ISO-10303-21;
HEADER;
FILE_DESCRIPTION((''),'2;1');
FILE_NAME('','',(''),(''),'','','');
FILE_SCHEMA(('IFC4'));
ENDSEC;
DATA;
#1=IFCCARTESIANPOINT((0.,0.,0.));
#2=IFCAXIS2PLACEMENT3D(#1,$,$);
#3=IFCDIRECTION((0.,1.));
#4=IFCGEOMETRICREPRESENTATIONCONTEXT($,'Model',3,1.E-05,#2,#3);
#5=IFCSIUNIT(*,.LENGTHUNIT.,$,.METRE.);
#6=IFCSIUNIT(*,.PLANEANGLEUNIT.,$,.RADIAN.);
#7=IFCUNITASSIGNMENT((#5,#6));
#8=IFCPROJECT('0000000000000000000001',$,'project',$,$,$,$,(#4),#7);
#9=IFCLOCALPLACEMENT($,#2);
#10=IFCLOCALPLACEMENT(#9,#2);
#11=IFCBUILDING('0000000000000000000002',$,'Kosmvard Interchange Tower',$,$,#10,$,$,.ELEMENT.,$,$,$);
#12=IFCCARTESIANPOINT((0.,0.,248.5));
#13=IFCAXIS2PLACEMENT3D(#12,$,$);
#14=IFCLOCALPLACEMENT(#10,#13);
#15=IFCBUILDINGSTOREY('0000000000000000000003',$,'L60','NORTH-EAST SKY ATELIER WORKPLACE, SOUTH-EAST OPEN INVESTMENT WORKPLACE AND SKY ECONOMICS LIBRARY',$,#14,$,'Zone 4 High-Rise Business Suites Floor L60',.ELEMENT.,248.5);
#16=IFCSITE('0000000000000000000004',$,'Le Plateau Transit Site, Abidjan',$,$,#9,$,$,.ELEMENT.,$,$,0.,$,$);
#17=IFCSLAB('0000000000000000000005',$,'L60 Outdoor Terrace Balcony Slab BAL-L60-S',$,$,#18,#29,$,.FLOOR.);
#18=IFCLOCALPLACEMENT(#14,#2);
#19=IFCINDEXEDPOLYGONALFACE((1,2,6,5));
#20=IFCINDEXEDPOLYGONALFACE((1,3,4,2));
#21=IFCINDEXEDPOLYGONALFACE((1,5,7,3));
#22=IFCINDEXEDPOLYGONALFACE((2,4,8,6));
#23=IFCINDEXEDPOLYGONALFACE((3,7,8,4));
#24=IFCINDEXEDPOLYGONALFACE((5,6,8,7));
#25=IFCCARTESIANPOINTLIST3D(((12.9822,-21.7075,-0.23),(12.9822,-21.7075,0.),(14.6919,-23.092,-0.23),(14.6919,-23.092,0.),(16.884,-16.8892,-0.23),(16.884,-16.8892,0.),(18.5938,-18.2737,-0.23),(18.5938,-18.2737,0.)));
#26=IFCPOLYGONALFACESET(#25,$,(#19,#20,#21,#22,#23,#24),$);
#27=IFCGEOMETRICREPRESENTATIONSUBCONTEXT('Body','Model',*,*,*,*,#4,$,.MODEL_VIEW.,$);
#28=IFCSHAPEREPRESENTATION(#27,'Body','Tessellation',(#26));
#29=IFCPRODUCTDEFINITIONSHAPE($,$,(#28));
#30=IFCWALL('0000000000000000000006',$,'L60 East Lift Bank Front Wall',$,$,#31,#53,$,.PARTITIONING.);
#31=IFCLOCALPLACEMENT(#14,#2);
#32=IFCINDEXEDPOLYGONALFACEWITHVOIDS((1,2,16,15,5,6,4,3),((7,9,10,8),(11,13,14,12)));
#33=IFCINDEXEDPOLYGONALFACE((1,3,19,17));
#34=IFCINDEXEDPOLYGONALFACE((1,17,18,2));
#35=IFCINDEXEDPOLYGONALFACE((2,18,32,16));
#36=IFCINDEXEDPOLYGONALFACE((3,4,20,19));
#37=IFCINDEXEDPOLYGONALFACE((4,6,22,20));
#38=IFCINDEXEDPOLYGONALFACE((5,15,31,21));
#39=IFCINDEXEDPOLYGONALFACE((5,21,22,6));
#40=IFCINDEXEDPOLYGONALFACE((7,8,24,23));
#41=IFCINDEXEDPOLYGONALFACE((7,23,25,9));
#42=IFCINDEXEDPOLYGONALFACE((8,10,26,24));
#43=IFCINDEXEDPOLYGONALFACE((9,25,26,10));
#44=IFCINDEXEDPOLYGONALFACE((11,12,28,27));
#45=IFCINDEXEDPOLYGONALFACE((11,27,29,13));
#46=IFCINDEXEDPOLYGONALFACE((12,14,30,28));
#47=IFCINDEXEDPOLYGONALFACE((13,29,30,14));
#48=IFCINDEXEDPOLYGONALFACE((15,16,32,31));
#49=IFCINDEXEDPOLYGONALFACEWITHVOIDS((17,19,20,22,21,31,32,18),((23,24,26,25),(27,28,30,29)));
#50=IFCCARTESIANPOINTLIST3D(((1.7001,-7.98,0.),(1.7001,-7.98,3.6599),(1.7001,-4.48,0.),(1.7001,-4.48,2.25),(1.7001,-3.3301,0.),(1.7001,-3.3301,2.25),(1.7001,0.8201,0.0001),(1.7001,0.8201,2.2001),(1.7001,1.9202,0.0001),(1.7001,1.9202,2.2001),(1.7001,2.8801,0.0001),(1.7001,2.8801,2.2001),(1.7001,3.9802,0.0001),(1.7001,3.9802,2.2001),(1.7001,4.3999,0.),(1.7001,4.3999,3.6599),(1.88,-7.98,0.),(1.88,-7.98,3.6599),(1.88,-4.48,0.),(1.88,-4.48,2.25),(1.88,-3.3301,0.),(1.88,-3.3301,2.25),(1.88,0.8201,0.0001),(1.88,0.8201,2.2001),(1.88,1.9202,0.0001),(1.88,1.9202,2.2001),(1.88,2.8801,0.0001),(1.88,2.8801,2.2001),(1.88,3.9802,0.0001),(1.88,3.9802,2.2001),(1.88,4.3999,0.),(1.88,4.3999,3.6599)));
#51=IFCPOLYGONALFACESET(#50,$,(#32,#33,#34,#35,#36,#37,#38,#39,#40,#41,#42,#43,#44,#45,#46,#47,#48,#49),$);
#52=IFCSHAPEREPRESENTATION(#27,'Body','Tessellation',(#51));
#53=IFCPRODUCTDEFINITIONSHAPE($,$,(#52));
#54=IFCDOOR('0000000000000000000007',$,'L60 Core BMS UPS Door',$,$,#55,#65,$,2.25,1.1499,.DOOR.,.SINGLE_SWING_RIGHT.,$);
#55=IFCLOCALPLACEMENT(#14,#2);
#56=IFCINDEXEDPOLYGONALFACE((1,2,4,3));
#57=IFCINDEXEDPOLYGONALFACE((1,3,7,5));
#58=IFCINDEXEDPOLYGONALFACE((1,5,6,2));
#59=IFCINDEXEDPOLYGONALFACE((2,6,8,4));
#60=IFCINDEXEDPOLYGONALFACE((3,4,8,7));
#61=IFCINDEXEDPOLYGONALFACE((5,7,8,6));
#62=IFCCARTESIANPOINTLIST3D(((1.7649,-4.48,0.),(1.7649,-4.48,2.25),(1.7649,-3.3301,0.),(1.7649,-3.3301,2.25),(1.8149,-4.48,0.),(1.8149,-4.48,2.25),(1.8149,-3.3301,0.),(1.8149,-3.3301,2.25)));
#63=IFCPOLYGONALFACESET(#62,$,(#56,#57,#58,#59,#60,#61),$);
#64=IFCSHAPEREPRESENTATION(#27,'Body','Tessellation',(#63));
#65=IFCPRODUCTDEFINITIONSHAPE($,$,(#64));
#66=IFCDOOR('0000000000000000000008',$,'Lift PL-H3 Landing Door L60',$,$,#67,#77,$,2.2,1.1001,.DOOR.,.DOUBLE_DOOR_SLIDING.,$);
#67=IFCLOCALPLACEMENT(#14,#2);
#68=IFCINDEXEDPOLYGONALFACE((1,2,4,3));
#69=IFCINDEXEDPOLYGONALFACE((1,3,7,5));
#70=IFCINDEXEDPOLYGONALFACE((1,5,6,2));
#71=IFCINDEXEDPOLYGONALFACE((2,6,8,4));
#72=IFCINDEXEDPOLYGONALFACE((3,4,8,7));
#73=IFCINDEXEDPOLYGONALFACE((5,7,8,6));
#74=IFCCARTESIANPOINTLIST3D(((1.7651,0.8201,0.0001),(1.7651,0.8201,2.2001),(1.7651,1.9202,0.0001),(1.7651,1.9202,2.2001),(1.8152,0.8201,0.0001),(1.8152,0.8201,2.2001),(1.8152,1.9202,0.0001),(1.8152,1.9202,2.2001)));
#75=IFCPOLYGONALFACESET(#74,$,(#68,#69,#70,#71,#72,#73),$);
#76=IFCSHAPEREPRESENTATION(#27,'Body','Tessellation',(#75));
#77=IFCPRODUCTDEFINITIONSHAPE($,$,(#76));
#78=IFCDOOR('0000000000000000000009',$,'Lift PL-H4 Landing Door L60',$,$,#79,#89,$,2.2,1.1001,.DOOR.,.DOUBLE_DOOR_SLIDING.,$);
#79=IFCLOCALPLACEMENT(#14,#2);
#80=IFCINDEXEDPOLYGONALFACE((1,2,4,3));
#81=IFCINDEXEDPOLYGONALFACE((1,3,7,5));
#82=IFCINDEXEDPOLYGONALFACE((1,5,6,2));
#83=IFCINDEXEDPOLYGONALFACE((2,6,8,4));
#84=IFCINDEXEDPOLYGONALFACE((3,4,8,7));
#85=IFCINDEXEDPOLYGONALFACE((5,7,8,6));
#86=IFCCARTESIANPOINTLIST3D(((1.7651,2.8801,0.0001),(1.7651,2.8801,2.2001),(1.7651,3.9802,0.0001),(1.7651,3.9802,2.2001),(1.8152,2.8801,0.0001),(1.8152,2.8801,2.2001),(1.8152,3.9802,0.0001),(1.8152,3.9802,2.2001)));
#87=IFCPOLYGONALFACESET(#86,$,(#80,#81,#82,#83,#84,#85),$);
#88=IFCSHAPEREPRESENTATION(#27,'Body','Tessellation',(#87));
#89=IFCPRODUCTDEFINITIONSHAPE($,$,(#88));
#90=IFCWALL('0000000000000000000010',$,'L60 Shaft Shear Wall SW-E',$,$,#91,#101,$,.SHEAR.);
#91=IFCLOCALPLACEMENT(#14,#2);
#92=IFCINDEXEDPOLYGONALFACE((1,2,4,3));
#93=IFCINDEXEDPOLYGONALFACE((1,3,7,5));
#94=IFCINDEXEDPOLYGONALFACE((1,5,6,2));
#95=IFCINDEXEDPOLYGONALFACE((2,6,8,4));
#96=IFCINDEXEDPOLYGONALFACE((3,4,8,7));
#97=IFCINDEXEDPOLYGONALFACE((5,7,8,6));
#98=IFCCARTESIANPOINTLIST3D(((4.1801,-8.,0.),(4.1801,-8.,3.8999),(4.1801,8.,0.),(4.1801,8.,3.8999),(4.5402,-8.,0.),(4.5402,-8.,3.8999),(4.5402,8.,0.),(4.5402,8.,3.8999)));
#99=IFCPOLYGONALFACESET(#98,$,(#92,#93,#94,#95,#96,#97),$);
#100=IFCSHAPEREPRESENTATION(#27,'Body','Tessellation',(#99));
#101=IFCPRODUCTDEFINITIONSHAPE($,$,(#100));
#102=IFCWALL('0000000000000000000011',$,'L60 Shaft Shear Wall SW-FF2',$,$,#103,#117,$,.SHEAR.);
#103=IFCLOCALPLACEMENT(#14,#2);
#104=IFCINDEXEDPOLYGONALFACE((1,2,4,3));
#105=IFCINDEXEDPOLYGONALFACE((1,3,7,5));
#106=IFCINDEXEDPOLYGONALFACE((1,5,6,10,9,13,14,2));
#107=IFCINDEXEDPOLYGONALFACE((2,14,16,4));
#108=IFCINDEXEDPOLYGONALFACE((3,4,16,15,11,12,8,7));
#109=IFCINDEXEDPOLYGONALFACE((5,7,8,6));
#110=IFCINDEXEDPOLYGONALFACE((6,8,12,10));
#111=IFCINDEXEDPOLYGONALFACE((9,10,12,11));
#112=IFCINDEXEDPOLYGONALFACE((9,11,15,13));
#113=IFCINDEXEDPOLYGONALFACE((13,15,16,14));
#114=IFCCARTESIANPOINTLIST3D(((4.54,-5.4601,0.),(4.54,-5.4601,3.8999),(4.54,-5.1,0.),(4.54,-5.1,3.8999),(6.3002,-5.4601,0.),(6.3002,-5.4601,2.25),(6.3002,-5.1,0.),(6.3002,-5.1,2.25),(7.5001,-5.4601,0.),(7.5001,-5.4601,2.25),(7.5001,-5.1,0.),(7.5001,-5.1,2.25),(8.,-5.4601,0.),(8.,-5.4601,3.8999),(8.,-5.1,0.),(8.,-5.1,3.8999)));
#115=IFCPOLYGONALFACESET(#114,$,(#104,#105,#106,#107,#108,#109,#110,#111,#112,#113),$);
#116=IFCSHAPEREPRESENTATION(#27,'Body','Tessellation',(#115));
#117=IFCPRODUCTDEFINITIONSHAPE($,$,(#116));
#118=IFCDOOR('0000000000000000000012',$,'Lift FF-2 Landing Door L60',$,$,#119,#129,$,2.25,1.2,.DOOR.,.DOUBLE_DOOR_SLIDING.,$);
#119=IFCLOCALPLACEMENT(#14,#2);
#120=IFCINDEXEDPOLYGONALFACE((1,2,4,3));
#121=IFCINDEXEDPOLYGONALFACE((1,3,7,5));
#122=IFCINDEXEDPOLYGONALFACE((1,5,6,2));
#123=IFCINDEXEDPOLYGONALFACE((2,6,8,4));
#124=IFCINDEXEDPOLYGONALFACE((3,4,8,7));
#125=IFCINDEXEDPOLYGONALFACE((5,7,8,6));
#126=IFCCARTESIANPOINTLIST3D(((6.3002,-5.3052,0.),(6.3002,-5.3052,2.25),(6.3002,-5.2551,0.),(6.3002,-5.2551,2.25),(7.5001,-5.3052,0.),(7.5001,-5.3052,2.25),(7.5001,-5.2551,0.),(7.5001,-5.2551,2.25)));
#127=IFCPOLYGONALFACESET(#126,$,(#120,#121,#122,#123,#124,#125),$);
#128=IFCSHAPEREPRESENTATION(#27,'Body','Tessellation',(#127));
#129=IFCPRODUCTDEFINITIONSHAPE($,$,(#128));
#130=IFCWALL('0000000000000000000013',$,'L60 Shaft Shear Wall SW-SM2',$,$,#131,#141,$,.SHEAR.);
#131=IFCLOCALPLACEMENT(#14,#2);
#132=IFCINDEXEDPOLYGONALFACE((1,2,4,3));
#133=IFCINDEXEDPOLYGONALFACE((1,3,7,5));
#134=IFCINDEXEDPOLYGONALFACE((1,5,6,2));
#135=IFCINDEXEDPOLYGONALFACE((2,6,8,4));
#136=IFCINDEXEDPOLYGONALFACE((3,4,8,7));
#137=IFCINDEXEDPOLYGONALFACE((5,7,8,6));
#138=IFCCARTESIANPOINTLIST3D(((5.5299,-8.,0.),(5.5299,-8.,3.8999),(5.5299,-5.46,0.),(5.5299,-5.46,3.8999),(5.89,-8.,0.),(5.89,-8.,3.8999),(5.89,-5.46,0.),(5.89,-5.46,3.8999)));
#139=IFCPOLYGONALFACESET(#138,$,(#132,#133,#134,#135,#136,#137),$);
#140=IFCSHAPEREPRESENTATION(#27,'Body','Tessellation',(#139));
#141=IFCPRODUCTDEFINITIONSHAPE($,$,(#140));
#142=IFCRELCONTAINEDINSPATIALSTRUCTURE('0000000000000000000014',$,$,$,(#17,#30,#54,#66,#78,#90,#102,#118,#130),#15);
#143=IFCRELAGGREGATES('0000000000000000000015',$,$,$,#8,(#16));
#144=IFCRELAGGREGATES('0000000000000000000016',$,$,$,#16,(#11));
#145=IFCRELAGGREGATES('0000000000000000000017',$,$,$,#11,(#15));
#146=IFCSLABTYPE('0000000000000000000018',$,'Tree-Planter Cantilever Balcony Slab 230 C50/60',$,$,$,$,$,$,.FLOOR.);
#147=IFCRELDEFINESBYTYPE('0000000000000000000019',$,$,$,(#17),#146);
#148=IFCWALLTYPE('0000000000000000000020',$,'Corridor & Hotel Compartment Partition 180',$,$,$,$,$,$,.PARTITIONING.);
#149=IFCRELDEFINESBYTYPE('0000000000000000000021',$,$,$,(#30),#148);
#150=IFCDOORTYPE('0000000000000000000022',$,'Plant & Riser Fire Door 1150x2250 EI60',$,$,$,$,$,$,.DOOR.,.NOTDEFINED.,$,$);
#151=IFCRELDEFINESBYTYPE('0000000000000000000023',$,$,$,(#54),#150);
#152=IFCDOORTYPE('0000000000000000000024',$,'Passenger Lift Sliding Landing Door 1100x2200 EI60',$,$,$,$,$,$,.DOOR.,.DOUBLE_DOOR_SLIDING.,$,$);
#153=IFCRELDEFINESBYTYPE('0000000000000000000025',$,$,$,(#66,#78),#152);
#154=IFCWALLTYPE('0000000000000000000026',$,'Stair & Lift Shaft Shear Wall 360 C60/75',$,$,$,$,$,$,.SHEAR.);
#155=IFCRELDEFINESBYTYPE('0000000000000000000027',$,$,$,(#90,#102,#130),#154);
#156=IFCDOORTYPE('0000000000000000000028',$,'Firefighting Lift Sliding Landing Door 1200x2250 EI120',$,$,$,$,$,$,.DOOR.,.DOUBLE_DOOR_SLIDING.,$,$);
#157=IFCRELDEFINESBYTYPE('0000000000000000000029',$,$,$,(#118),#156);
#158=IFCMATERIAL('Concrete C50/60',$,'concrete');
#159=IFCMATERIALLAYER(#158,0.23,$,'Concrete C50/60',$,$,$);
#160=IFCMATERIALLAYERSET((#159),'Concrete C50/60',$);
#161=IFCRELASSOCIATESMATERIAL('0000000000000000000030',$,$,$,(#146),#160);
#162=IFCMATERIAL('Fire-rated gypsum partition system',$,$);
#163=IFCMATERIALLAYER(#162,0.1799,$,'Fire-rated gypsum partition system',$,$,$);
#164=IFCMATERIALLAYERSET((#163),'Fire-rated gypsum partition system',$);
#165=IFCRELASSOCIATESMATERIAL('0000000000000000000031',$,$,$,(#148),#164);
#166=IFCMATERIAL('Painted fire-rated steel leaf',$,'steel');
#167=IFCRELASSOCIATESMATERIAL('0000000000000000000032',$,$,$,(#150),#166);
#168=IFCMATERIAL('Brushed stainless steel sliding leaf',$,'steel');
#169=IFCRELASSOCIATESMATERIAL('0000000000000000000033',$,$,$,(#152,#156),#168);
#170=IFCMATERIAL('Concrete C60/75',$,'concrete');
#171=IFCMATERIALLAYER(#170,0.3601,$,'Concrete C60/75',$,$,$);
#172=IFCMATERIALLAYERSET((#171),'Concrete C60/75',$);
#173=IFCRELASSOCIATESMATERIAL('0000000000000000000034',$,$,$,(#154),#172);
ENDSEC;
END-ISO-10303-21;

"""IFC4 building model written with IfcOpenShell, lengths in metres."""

from ifc_helpers import new_model, si_unit, direction, frame, frame_2d, origin, place, context, subcontext, project, spatial, polyline, rectangle, outline, extrude, source, transform, mapped, material, layer, layer_set, type_object, element, fill, save


model = new_model("IFC4")

# Units and contexts
model_context = context("Model", 3, precision=1e-05, world=origin(), true_north=direction((0.0, 1.0)))
body_context = subcontext(model_context, "Body", "Model", "MODEL_VIEW")
ifc_project = project(units=[si_unit("LENGTHUNIT", "METRE"), si_unit("PLANEANGLEUNIT", "RADIAN")], contexts=[model_context])

# Site, building, storey
site_placement = place(None, origin())
site = spatial("IfcSite", under=ifc_project, at=site_placement, Name="Le Plateau Transit Site, Abidjan", CompositionType="ELEMENT", RefElevation=0.0)
building_placement = place(site_placement, origin())
building = spatial("IfcBuilding", under=site, at=building_placement, Name="Kosmvard Interchange Tower", CompositionType="ELEMENT")
storey_placement = place(building_placement, frame((0.0, 0.0, 248.5)))
storey = spatial("IfcBuildingStorey", under=building, at=storey_placement, Name="L60", Description="NORTH-EAST SKY ATELIER WORKPLACE, SOUTH-EAST OPEN INVESTMENT WORKPLACE AND SKY ECONOMICS LIBRARY", LongName="Zone 4 High-Rise Business Suites Floor L60", CompositionType="ELEMENT", Elevation=248.5)

# Shared definitions
ifc_material_1 = material(Name="Concrete C60/75", Category="concrete")

# Shared definitions
ifc_material_2 = material(Name="Concrete C50/60", Category="concrete")

# Slab
ifc_layer_1 = layer(ifc_material_2, 0.23, Name="Concrete C50/60")
ifc_layer_set_1 = layer_set([ifc_layer_1], Name="Concrete C50/60")
slab_type_1 = type_object("IfcSlabType", Name="Tree-Planter Cantilever Balcony Slab 230 C50/60", PredefinedType="FLOOR", material=ifc_layer_set_1)
slab_1_placement = place(storey_placement, frame((0.0, 0.0, -0.23)))
element("IfcSlab", 1, at=slab_1_placement, inside=storey, type_object=slab_type_1, Name="L60 Outdoor Terrace Balcony Slab BAL-L60-S", PredefinedType="FLOOR", context=body_context, shape_type="SweptSolid", body=[
    extrude(outline(polyline([(14.6919, -23.092), (18.5938, -18.2737), (16.884, -16.8892), (12.9822, -21.7075), (14.6919, -23.092)])), origin(), (0.0, 0.0, 1.0), 0.23),
])

# Wall, openings, doors
ifc_material_3 = material(Name="Fire-rated gypsum partition system")
ifc_layer_2 = layer(ifc_material_3, 0.1799, Name="Fire-rated gypsum partition system")
ifc_layer_set_2 = layer_set([ifc_layer_2], Name="Fire-rated gypsum partition system")
wall_type_1 = type_object("IfcWallType", Name="Corridor & Hotel Compartment Partition 180", PredefinedType="PARTITIONING", material=ifc_layer_set_2)
wall_1_placement = place(storey_placement, frame((1.79, -7.98, 0.0), z_axis=(0.0, 0.0, 1.0), x_axis=(0.0, 1.0, 0.0)))
wall_1 = element("IfcWall", 2, at=wall_1_placement, inside=storey, type_object=wall_type_1, Name="L60 East Lift Bank Front Wall", PredefinedType="PARTITIONING", context=body_context, shape_type="SweptSolid", body=[
    extrude(rectangle(XDim=12.3799, YDim=0.1799, at=frame_2d((6.1899, 0.0))), origin(), (0.0, 0.0, 1.0), 3.6599),
])
opening_1_placement = place(wall_1_placement, frame((8.8, 0.0, 0.0)))
opening_1 = element("IfcOpeningElement", 3, at=opening_1_placement, cuts=wall_1, PredefinedType="OPENING", context=body_context, shape_type="SweptSolid", body=[
    extrude(rectangle(XDim=1.1001, YDim=2.2, at=frame_2d((0.55, 1.1001))), frame((0.0, 0.1001, 0.0), z_axis=(0.0, -1.0, 0.0), x_axis=(1.0, 0.0, 0.0)), (0.0, 0.0, 1.0), 0.2),
])
opening_2_placement = place(wall_1_placement, frame((10.8601, 0.0, 0.0)))
opening_2 = element("IfcOpeningElement", 4, at=opening_2_placement, cuts=wall_1, PredefinedType="OPENING", context=body_context, shape_type="SweptSolid", body=[
    extrude(rectangle(XDim=1.1001, YDim=2.2, at=frame_2d((0.55, 1.1001))), frame((0.0, 0.1001, 0.0), z_axis=(0.0, -1.0, 0.0), x_axis=(1.0, 0.0, 0.0)), (0.0, 0.0, 1.0), 0.2),
])
opening_3_placement = place(wall_1_placement, frame((3.5, 0.0, 0.0)))
opening_3 = element("IfcOpeningElement", 5, at=opening_3_placement, cuts=wall_1, PredefinedType="OPENING", context=body_context, shape_type="SweptSolid", body=[
    extrude(rectangle(XDim=1.1499, YDim=2.25, at=frame_2d((0.575, 1.125))), frame((0.0, 0.1001, 0.0), z_axis=(0.0, -1.0, 0.0), x_axis=(1.0, 0.0, 0.0)), (0.0, 0.0, 1.0), 0.2),
])
ifc_material_4 = material(Name="Painted fire-rated steel leaf", Category="steel")
door_type_1 = type_object("IfcDoorType", Name="Plant & Riser Fire Door 1150x2250 EI60", OperationType="NOTDEFINED", PredefinedType="DOOR", material=ifc_material_4)
shared_shape_1 = source(origin(), body_context, "Body", "SweptSolid", [
    extrude(rectangle(XDim=1.1499, YDim=2.25, at=frame_2d((0.575, 1.125))), frame((0.0, 0.0249, 0.0), z_axis=(0.0, -1.0, 0.0), x_axis=(1.0, 0.0, 0.0)), (0.0, 0.0, 1.0), 0.05),
])
door_1_placement = place(opening_3_placement, frame((1.1499, 0.0, 0.0), z_axis=(0.0, 0.0, 1.0), x_axis=(-1.0, 0.0, 0.0)))
door_1 = element("IfcDoor", 6, at=door_1_placement, inside=storey, type_object=door_type_1, Name="L60 Core BMS UPS Door", OperationType="SINGLE_SWING_RIGHT", OverallHeight=2.25, OverallWidth=1.1499, PredefinedType="DOOR", context=body_context, shape_type="MappedRepresentation", body=[
    mapped(shared_shape_1, transform((0.0, 0.0, 0.0), scale=1.0)),
])
fill(opening_3, door_1)
ifc_material_5 = material(Name="Brushed stainless steel sliding leaf", Category="steel")
door_type_2 = type_object("IfcDoorType", Name="Passenger Lift Sliding Landing Door 1100x2200 EI60", OperationType="DOUBLE_DOOR_SLIDING", PredefinedType="DOOR", material=ifc_material_5)
shared_shape_2 = source(origin(), body_context, "Body", "SweptSolid", [
    extrude(rectangle(XDim=1.1001, YDim=2.2, at=frame_2d((0.55, 1.1001))), frame((0.0, 0.0249, 0.0), z_axis=(0.0, -1.0, 0.0), x_axis=(1.0, 0.0, 0.0)), (0.0, 0.0, 1.0), 0.05),
])
door_2_placement = place(opening_1_placement, origin())
door_2 = element("IfcDoor", 7, at=door_2_placement, inside=storey, type_object=door_type_2, Name="Lift PL-H3 Landing Door L60", OperationType="DOUBLE_DOOR_SLIDING", OverallHeight=2.2, OverallWidth=1.1001, PredefinedType="DOOR", context=body_context, shape_type="MappedRepresentation", body=[
    mapped(shared_shape_2, transform((0.0, 0.0, 0.0), scale=1.0)),
])
fill(opening_1, door_2)
door_3_placement = place(opening_2_placement, origin())
door_3 = element("IfcDoor", 8, at=door_3_placement, inside=storey, type_object=door_type_2, Name="Lift PL-H4 Landing Door L60", OperationType="DOUBLE_DOOR_SLIDING", OverallHeight=2.2, OverallWidth=1.1001, PredefinedType="DOOR", context=body_context, shape_type="MappedRepresentation", body=[
    mapped(shared_shape_2, transform((0.0, 0.0, 0.0), scale=1.0)),
])
fill(opening_2, door_3)

# Wall
ifc_layer_3 = layer(ifc_material_1, 0.3601, Name="Concrete C60/75")
ifc_layer_set_3 = layer_set([ifc_layer_3], Name="Concrete C60/75")
wall_type_2 = type_object("IfcWallType", Name="Stair & Lift Shaft Shear Wall 360 C60/75", PredefinedType="SHEAR", material=ifc_layer_set_3)
wall_2_placement = place(storey_placement, frame((4.3601, -8.0, 0.0), z_axis=(0.0, 0.0, 1.0), x_axis=(0.0, 1.0, 0.0)))
element("IfcWall", 9, at=wall_2_placement, inside=storey, type_object=wall_type_2, Name="L60 Shaft Shear Wall SW-E", PredefinedType="SHEAR", context=body_context, shape_type="SweptSolid", body=[
    extrude(rectangle(XDim=16.0, YDim=0.3601, at=frame_2d((8.0, 0.0))), origin(), (0.0, 0.0, 1.0), 3.8999),
])

# Wall, opening, door
wall_3_placement = place(storey_placement, frame((4.54, -5.28, 0.0), z_axis=(0.0, 0.0, 1.0), x_axis=(1.0, 0.0, 0.0)))
wall_3 = element("IfcWall", 10, at=wall_3_placement, inside=storey, type_object=wall_type_2, Name="L60 Shaft Shear Wall SW-FF2", PredefinedType="SHEAR", context=body_context, shape_type="SweptSolid", body=[
    extrude(rectangle(XDim=3.46, YDim=0.3601, at=frame_2d((1.73, 0.0))), origin(), (0.0, 0.0, 1.0), 3.8999),
])
opening_4_placement = place(wall_3_placement, frame((1.76, 0.0, 0.0)))
opening_4 = element("IfcOpeningElement", 11, at=opening_4_placement, cuts=wall_3, PredefinedType="OPENING", context=body_context, shape_type="SweptSolid", body=[
    extrude(rectangle(XDim=1.2, YDim=2.25, at=frame_2d((0.6001, 1.125))), frame((0.0, 0.1899, 0.0), z_axis=(0.0, -1.0, 0.0), x_axis=(1.0, 0.0, 0.0)), (0.0, 0.0, 1.0), 0.3801),
])
door_type_3 = type_object("IfcDoorType", Name="Firefighting Lift Sliding Landing Door 1200x2250 EI120", OperationType="DOUBLE_DOOR_SLIDING", PredefinedType="DOOR", material=ifc_material_5)
shared_shape_3 = source(origin(), body_context, "Body", "SweptSolid", [
    extrude(rectangle(XDim=1.2, YDim=2.25, at=frame_2d((0.6001, 1.125))), frame((0.0, 0.0249, 0.0), z_axis=(0.0, -1.0, 0.0), x_axis=(1.0, 0.0, 0.0)), (0.0, 0.0, 1.0), 0.05),
])
door_4_placement = place(opening_4_placement, origin())
door_4 = element("IfcDoor", 12, at=door_4_placement, inside=storey, type_object=door_type_3, Name="Lift FF-2 Landing Door L60", OperationType="DOUBLE_DOOR_SLIDING", OverallHeight=2.25, OverallWidth=1.2, PredefinedType="DOOR", context=body_context, shape_type="MappedRepresentation", body=[
    mapped(shared_shape_3, transform((0.0, 0.0, 0.0), scale=1.0)),
])
fill(opening_4, door_4)

# Wall
wall_4_placement = place(storey_placement, frame((5.71, -8.0, 0.0), z_axis=(0.0, 0.0, 1.0), x_axis=(0.0, 1.0, 0.0)))
element("IfcWall", 13, at=wall_4_placement, inside=storey, type_object=wall_type_2, Name="L60 Shaft Shear Wall SW-SM2", PredefinedType="SHEAR", context=body_context, shape_type="SweptSolid", body=[
    extrude(rectangle(XDim=2.54, YDim=0.3601, at=frame_2d((1.27, 0.0))), origin(), (0.0, 0.0, 1.0), 3.8999),
])

save(model, "model.ifc")
